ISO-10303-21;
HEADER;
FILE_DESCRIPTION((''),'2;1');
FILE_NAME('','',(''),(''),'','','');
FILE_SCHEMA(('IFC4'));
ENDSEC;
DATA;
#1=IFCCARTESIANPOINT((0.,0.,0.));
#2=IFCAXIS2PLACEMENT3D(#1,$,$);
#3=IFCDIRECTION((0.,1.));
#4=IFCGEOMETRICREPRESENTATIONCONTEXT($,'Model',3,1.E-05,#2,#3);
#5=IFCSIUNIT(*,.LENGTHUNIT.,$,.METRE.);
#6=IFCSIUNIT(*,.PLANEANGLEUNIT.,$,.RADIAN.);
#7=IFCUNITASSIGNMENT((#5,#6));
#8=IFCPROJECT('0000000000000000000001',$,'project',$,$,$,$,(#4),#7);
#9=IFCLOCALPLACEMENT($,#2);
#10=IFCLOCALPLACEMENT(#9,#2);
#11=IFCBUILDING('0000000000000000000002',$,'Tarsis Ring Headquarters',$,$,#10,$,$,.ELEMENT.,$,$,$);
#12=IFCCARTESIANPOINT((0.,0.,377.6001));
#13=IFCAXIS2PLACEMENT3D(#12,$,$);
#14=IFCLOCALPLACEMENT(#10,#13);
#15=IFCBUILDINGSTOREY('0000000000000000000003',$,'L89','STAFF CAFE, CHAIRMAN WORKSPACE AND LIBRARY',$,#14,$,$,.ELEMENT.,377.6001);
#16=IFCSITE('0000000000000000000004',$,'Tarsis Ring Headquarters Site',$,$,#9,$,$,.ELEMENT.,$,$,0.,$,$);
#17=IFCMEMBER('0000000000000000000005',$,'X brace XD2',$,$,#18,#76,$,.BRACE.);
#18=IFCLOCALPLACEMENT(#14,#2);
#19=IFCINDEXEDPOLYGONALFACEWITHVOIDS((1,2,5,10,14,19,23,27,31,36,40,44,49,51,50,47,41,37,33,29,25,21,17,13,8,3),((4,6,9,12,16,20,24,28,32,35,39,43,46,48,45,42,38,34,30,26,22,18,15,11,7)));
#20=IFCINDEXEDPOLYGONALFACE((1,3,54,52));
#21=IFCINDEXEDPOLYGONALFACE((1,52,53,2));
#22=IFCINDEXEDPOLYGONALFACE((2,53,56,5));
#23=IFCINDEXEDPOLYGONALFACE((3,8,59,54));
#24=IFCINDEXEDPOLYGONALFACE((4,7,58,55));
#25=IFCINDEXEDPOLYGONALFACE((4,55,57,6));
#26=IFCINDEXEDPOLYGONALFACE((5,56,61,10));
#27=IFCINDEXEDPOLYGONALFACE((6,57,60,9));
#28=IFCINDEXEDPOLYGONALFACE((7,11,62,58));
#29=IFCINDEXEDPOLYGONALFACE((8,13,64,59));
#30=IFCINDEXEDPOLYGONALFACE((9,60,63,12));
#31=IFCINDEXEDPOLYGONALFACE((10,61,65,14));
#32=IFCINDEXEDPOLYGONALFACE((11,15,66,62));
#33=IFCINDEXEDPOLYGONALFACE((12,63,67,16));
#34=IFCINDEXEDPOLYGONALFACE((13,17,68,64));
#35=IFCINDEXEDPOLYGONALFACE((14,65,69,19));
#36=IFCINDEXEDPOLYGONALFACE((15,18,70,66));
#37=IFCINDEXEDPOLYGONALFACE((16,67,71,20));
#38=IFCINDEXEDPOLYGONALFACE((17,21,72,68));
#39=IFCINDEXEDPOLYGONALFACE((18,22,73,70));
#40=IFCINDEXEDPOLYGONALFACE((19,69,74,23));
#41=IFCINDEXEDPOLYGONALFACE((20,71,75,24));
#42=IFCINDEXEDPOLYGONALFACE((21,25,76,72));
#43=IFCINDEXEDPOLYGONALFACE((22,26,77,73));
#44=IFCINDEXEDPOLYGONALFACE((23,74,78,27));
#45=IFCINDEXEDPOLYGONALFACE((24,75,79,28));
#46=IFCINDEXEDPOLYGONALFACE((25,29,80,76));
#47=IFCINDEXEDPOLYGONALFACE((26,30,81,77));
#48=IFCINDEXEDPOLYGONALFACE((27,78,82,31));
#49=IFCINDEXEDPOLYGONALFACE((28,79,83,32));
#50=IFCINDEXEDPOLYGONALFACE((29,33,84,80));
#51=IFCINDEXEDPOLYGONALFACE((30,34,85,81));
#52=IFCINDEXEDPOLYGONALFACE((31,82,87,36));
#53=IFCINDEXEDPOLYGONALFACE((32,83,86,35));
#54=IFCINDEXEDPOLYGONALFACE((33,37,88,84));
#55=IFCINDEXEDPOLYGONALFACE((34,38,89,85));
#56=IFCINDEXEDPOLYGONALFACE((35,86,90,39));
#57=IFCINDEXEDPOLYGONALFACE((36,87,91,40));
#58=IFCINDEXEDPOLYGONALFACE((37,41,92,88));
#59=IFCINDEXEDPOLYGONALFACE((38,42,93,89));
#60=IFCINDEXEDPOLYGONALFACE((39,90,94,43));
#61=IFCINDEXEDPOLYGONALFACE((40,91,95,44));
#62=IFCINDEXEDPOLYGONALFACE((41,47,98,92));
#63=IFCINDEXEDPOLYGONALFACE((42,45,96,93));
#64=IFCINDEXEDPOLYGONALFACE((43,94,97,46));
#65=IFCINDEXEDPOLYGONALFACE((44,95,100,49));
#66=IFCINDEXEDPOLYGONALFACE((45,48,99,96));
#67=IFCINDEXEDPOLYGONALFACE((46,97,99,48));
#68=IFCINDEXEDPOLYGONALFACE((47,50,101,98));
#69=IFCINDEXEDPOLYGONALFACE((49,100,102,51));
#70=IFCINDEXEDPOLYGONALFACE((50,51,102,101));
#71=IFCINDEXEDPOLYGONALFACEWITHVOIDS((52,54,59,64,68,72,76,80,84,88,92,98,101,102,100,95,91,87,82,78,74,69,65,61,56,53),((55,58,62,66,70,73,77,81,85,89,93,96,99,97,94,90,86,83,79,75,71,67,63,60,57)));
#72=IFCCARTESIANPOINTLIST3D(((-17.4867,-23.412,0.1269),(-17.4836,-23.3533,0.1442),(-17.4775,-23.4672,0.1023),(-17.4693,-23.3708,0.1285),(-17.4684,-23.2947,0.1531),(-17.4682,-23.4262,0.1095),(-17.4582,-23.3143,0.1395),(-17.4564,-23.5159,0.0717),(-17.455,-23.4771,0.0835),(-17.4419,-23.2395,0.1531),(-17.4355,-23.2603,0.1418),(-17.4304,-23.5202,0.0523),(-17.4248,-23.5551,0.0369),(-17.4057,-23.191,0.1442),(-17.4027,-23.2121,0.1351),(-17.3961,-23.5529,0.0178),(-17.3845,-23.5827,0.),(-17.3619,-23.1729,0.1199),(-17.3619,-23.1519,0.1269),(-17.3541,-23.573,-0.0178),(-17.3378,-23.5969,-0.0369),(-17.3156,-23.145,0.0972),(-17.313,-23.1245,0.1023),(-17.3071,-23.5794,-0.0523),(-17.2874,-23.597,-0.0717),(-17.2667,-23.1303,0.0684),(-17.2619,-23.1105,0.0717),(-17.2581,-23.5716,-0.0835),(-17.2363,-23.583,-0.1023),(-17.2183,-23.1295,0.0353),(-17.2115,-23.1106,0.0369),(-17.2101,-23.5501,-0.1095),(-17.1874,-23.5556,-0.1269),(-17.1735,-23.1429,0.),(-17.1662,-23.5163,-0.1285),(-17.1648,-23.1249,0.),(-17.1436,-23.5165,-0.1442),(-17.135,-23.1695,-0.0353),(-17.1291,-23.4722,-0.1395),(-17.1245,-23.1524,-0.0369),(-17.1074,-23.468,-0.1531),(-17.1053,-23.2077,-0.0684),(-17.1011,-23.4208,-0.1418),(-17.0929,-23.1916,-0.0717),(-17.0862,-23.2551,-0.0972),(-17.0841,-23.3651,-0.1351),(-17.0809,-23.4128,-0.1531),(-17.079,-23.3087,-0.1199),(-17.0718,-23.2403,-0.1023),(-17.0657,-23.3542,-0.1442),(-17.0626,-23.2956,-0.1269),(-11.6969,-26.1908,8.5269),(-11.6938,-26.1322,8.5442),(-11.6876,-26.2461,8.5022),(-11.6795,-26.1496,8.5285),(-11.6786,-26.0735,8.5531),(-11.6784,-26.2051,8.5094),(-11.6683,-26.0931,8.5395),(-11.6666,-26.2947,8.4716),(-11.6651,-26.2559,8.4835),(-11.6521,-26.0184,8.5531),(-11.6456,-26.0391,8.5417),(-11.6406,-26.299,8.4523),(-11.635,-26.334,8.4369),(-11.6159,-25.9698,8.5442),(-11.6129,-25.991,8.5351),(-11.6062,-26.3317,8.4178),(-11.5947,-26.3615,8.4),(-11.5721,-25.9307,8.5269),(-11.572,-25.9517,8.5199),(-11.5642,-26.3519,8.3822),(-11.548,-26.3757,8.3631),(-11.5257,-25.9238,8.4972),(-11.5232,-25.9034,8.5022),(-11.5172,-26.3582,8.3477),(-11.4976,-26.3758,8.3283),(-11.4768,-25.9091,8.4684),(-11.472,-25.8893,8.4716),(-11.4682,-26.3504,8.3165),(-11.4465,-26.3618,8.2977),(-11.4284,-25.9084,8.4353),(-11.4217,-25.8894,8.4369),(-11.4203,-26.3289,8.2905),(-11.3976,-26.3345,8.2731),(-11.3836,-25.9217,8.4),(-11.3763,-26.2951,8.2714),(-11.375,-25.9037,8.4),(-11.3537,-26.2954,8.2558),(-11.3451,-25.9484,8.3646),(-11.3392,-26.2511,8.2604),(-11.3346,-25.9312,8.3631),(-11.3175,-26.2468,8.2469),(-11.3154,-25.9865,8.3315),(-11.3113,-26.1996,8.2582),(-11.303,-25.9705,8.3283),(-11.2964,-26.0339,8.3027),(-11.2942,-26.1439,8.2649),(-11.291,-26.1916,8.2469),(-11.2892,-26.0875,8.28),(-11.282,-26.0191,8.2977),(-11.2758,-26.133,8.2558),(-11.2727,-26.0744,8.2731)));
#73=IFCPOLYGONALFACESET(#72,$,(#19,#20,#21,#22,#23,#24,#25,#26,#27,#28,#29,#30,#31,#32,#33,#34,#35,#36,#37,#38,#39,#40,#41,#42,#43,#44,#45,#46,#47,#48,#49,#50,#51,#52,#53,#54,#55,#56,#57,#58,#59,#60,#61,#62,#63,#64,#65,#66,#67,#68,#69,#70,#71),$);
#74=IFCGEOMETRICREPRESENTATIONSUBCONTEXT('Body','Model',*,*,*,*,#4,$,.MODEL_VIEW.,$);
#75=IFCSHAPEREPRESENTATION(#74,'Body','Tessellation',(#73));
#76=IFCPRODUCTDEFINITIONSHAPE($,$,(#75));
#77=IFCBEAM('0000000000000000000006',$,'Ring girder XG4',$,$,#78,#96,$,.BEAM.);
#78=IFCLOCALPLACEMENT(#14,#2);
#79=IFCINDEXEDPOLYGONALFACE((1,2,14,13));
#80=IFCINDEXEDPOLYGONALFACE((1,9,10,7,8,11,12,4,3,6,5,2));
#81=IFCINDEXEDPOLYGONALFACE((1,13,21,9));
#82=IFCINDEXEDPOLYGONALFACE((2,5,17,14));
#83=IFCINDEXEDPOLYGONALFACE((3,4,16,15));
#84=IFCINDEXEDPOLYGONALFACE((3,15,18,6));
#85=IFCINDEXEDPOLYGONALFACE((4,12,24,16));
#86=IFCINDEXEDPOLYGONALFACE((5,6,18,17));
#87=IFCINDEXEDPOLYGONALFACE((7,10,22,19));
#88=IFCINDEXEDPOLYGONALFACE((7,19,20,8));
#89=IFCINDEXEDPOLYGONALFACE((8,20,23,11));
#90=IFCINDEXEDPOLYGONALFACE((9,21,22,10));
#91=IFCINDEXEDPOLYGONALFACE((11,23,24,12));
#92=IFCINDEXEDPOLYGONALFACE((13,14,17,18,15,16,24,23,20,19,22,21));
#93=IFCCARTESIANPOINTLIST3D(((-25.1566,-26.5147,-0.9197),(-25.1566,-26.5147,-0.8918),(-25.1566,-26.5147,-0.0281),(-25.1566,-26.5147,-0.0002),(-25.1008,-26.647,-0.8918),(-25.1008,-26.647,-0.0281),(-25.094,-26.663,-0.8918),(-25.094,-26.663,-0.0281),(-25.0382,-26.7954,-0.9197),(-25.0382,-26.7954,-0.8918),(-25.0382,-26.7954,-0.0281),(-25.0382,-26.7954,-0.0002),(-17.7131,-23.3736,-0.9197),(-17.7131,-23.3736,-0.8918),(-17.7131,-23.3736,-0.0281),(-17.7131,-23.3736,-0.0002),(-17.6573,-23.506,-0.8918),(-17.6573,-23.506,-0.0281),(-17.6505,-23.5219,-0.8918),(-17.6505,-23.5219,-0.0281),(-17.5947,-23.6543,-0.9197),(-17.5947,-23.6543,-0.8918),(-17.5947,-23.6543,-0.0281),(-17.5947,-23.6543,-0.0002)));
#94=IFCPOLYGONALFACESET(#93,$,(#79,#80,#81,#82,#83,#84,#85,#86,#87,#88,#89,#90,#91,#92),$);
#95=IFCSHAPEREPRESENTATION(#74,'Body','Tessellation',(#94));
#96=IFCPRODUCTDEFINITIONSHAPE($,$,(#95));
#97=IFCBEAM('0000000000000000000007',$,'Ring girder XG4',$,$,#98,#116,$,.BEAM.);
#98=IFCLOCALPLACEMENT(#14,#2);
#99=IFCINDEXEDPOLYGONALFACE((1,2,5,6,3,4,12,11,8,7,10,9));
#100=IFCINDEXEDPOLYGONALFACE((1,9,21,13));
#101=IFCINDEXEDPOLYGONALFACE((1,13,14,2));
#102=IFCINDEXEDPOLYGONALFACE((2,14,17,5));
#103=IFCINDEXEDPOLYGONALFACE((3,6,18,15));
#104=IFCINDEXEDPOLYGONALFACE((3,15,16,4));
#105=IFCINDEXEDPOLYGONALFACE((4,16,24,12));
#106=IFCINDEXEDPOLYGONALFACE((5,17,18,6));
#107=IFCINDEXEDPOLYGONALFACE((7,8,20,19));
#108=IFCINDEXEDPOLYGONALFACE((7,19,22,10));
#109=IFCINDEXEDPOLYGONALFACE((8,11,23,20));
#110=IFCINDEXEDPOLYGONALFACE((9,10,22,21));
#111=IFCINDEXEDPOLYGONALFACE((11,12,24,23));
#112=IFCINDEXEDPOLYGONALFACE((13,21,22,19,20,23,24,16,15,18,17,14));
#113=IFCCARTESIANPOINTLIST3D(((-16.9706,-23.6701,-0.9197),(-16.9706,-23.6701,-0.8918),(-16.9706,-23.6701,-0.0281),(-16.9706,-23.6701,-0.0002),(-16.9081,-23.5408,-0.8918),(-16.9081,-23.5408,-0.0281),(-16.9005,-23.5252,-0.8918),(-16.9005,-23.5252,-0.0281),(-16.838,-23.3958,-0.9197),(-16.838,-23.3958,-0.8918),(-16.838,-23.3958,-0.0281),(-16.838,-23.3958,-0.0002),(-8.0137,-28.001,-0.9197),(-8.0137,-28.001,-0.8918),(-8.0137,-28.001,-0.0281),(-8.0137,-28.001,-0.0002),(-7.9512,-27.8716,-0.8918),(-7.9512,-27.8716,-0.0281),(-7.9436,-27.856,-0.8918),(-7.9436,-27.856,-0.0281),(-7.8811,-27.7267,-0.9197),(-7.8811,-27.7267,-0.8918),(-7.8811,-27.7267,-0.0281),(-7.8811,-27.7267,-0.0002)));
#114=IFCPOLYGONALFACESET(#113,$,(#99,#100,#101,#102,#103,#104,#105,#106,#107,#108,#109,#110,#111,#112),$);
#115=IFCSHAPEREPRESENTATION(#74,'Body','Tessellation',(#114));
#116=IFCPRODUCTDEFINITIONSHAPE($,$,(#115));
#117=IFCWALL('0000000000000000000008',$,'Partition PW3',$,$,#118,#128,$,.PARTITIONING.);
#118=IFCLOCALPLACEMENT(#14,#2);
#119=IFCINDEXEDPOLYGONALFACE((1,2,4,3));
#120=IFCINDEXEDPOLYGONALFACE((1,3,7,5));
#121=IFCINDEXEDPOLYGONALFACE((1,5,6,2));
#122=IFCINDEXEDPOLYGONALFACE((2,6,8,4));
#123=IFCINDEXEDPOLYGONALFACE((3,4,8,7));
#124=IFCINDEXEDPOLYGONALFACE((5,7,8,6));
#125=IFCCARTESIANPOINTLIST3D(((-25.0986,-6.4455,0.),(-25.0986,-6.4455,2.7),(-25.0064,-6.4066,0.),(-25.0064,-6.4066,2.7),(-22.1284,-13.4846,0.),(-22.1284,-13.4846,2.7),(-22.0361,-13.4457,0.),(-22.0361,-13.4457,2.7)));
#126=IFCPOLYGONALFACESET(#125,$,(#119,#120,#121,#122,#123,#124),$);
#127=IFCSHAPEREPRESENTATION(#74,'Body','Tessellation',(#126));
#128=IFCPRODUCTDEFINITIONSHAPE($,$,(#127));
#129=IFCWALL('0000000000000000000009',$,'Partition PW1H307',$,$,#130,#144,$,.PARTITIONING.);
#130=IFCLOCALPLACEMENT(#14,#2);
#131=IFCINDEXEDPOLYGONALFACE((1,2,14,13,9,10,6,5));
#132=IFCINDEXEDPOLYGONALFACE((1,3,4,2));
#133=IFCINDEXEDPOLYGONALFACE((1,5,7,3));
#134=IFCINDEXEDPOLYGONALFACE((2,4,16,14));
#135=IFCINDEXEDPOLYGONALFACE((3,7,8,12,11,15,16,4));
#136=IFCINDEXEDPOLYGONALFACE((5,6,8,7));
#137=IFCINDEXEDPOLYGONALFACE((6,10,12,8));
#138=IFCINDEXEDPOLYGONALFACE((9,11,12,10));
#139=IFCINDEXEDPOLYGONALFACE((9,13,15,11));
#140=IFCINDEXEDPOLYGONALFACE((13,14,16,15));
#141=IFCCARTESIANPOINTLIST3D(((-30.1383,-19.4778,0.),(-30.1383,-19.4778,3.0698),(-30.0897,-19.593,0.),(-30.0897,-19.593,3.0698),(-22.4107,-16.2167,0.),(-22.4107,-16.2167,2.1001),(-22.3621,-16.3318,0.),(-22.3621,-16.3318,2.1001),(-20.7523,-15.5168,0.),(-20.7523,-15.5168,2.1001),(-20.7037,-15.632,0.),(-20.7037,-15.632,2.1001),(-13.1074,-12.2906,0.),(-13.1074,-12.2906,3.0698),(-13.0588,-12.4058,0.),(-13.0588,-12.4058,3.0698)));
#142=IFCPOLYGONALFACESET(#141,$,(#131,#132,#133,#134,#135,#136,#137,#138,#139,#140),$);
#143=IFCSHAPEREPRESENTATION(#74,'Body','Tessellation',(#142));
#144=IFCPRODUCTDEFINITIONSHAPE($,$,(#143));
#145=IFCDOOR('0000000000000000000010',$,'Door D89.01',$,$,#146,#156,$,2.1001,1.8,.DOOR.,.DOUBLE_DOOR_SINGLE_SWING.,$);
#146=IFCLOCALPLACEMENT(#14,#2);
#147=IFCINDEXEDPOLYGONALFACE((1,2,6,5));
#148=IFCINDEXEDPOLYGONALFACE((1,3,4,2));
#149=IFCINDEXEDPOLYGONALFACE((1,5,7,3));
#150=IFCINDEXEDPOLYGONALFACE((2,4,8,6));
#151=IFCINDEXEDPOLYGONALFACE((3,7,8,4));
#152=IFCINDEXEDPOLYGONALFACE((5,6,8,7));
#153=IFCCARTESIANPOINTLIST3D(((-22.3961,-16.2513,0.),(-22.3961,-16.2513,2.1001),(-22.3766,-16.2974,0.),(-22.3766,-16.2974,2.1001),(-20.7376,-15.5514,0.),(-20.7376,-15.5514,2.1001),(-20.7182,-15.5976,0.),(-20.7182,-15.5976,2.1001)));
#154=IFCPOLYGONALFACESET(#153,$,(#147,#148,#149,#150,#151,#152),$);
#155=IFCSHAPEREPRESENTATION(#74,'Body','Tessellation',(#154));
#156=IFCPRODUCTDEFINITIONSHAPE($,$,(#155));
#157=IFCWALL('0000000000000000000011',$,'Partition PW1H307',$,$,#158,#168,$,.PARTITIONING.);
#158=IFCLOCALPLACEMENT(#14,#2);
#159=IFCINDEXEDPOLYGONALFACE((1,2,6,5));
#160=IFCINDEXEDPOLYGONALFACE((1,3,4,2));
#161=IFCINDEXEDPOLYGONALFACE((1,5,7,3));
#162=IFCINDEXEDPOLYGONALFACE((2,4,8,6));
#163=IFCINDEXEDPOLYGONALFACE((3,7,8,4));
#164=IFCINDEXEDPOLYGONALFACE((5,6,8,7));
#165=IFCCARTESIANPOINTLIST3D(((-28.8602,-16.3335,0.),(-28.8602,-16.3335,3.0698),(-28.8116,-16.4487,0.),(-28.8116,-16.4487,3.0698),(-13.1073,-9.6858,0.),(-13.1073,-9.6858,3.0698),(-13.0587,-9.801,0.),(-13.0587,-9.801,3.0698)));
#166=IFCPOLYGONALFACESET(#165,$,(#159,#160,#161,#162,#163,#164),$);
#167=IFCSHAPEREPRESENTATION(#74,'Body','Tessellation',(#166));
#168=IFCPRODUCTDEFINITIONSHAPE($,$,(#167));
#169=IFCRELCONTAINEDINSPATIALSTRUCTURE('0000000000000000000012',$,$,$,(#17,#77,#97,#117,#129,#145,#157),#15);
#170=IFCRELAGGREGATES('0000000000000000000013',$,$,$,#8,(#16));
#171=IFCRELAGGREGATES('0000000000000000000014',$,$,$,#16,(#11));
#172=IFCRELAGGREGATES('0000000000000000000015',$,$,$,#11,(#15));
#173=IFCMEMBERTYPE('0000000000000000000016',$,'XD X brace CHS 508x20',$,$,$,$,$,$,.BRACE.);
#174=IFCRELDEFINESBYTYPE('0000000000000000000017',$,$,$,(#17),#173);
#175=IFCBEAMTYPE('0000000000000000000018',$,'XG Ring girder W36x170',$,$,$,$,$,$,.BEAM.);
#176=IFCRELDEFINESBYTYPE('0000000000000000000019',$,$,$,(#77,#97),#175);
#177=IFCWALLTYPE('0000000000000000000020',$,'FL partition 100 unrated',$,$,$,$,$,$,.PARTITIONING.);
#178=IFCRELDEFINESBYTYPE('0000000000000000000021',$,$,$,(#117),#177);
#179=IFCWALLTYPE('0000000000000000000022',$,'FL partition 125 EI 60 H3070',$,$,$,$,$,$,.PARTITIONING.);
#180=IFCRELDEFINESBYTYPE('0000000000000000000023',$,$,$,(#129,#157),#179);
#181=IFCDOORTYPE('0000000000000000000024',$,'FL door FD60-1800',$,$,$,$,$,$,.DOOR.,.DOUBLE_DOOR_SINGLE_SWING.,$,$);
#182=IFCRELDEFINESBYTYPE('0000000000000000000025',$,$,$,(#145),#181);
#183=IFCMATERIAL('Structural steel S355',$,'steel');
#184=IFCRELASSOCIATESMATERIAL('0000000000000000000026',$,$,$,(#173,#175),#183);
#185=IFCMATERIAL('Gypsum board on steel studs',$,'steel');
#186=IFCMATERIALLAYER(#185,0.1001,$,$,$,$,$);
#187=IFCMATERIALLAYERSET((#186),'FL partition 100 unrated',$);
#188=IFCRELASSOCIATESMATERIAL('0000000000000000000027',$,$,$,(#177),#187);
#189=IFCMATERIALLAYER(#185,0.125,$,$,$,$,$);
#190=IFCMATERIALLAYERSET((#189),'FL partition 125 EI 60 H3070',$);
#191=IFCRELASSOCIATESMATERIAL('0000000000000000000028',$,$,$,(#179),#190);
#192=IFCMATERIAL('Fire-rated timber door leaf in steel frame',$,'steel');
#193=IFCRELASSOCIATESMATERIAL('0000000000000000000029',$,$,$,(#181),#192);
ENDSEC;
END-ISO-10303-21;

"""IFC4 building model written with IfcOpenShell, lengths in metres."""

from ifc_helpers import new_model, si_unit, direction, frame, frame_2d, origin, origin_2d, place, context, subcontext, project, spatial, rectangle, hollow_circle, i_section, extrude, material, layer, layer_set, material_profile, profile_set, type_object, element, fill, save


model = new_model("IFC4")

# Units and contexts
model_context = context("Model", 3, precision=1e-05, world=origin(), true_north=direction((0.0, 1.0)))
body_context = subcontext(model_context, "Body", "Model", "MODEL_VIEW")
ifc_project = project(units=[si_unit("LENGTHUNIT", "METRE"), si_unit("PLANEANGLEUNIT", "RADIAN")], contexts=[model_context])

# Site, building, storey
site_placement = place(None, origin())
site = spatial("IfcSite", under=ifc_project, at=site_placement, Name="Tarsis Ring Headquarters Site", CompositionType="ELEMENT", RefElevation=0.0)
building_placement = place(site_placement, origin())
building = spatial("IfcBuilding", under=site, at=building_placement, Name="Tarsis Ring Headquarters", CompositionType="ELEMENT")
storey_placement = place(building_placement, frame((0.0, 0.0, 377.6001)))
storey = spatial("IfcBuildingStorey", under=building, at=storey_placement, Name="L89", Description="STAFF CAFE, CHAIRMAN WORKSPACE AND LIBRARY", CompositionType="ELEMENT", Elevation=377.6001)

# Shared definitions
ifc_material_1 = material(Name="Structural steel S355", Category="steel")

# Member
ifc_material_profile_1 = material_profile(ifc_material_1, hollow_circle(Radius=0.2539, WallThickness=0.02, at=origin_2d()), Name="CHS 508x20")
ifc_profile_set_1 = profile_set([ifc_material_profile_1], Name="Structural steel S355")
member_type = type_object("IfcMemberType", Name="XD X brace CHS 508x20", PredefinedType="BRACE", material=ifc_profile_set_1)
member_placement = place(storey_placement, frame((-17.2747, -23.3538, 0.0), z_axis=(0.547569, -0.262805, 0.794419), x_axis=(0.432694, 0.901541, 0.0)))
element("IfcMember", 1, at=member_placement, inside=storey, type_object=member_type, Name="X brace XD2", PredefinedType="BRACE", context=body_context, shape_type="SweptSolid", body=[
    extrude(hollow_circle(Radius=0.2539, WallThickness=0.02, at=origin_2d()), origin(), (0.0, 0.0, 1.0), 10.5737),
])

# Beams
ifc_material_profile_2 = material_profile(ifc_material_1, i_section(OverallWidth=0.3047, OverallDepth=0.9194, WebThickness=0.0173, FlangeThickness=0.0278, at=origin_2d()), Name="W36x170")
ifc_profile_set_2 = profile_set([ifc_material_profile_2], Name="Structural steel S355")
beam_type = type_object("IfcBeamType", Name="XG Ring girder W36x170", PredefinedType="BEAM", material=ifc_profile_set_2)
beam_1_placement = place(storey_placement, frame((-25.0974, -26.655, -0.46), z_axis=(0.921327, 0.388789, 0.0), x_axis=(-0.388789, 0.921327, 0.0)))
element("IfcBeam", 2, at=beam_1_placement, inside=storey, type_object=beam_type, Name="Ring girder XG4", PredefinedType="BEAM", context=body_context, shape_type="SweptSolid", body=[
    extrude(i_section(OverallWidth=0.3047, OverallDepth=0.9194, WebThickness=0.0173, FlangeThickness=0.0278, at=origin_2d()), origin(), (0.0, 0.0, 1.0), 8.0791),
])
beam_2_placement = place(storey_placement, frame((-16.9043, -23.533, -0.46), z_axis=(0.900282, -0.435307, 0.0), x_axis=(0.435307, 0.900282, 0.0)))
element("IfcBeam", 3, at=beam_2_placement, inside=storey, type_object=beam_type, Name="Ring girder XG4", PredefinedType="BEAM", context=body_context, shape_type="SweptSolid", body=[
    extrude(i_section(OverallWidth=0.3047, OverallDepth=0.9194, WebThickness=0.0173, FlangeThickness=0.0278, at=origin_2d()), origin(), (0.0, 0.0, 1.0), 9.949),
])

# Wall
ifc_material_2 = material(Name="Gypsum board on steel studs", Category="steel")
ifc_layer_1 = layer(ifc_material_2, 0.1001)
ifc_layer_set_1 = layer_set([ifc_layer_1], Name="FL partition 100 unrated")
wall_type_1 = type_object("IfcWallType", Name="FL partition 100 unrated", PredefinedType="PARTITIONING", material=ifc_layer_set_1)
wall_1_placement = place(storey_placement, frame((-25.0525, -6.426, 0.0), z_axis=(0.0, 0.0, 1.0), x_axis=(0.388768, -0.921336, 0.0)))
element("IfcWall", 4, at=wall_1_placement, inside=storey, type_object=wall_type_1, Name="Partition PW3", PredefinedType="PARTITIONING", context=body_context, shape_type="SweptSolid", body=[
    extrude(rectangle(XDim=7.6401, YDim=0.1001, at=frame_2d((3.8201, 0.0))), origin(), (0.0, 0.0, 1.0), 2.7),
])

# Wall, opening, door
ifc_layer_2 = layer(ifc_material_2, 0.125)
ifc_layer_set_2 = layer_set([ifc_layer_2], Name="FL partition 125 EI 60 H3070")
wall_type_2 = type_object("IfcWallType", Name="FL partition 125 EI 60 H3070", PredefinedType="PARTITIONING", material=ifc_layer_set_2)
wall_2_placement = place(storey_placement, frame((-30.114, -19.5354, 0.0), z_axis=(0.0, 0.0, 1.0), x_axis=(0.92132, 0.388806, 0.0)))
wall_2 = element("IfcWall", 5, at=wall_2_placement, inside=storey, type_object=wall_type_2, Name="Partition PW1H307", PredefinedType="PARTITIONING", context=body_context, shape_type="SweptSolid", body=[
    extrude(rectangle(XDim=18.4854, YDim=0.125, at=frame_2d((9.2427, 0.0))), origin(), (0.0, 0.0, 1.0), 3.0698),
])
opening_1_placement = place(wall_2_placement, frame((8.3877, 0.0, 0.0)))
opening_1 = element("IfcOpeningElement", 6, at=opening_1_placement, cuts=wall_2, PredefinedType="OPENING", context=body_context, shape_type="SweptSolid", body=[
    extrude(rectangle(XDim=1.8, YDim=2.1001, at=frame_2d((0.8999, 1.05))), frame((0.0, 0.0725, 0.0), z_axis=(0.0, -1.0, 0.0), x_axis=(1.0, 0.0, 0.0)), (0.0, 0.0, 1.0), 0.145),
])
ifc_material_3 = material(Name="Fire-rated timber door leaf in steel frame", Category="steel")
door_type_1 = type_object("IfcDoorType", Name="FL door FD60-1800", OperationType="DOUBLE_DOOR_SINGLE_SWING", PredefinedType="DOOR", material=ifc_material_3)
door_1_placement = place(opening_1_placement, origin())
door_1 = element("IfcDoor", 7, at=door_1_placement, inside=storey, type_object=door_type_1, Name="Door D89.01", OperationType="DOUBLE_DOOR_SINGLE_SWING", OverallHeight=2.1001, OverallWidth=1.8, PredefinedType="DOOR", context=body_context, shape_type="SweptSolid", body=[
    extrude(rectangle(XDim=1.8, YDim=2.1001, at=frame_2d((0.8999, 1.05))), frame((0.0, 0.0249, 0.0), z_axis=(0.0, -1.0, 0.0), x_axis=(1.0, 0.0, 0.0)), (0.0, 0.0, 1.0), 0.05),
])
fill(opening_1, door_1)

# Wall
wall_3_placement = place(storey_placement, frame((-28.8359, -16.3911, 0.0), z_axis=(0.0, 0.0, 1.0), x_axis=(0.921324, 0.388797, 0.0)))
element("IfcWall", 8, at=wall_3_placement, inside=storey, type_object=wall_type_2, Name="Partition PW1H307", PredefinedType="PARTITIONING", context=body_context, shape_type="SweptSolid", body=[
    extrude(rectangle(XDim=17.0981, YDim=0.125, at=frame_2d((8.5491, 0.0))), origin(), (0.0, 0.0, 1.0), 3.0698),
])

save(model, "model.ifc")
